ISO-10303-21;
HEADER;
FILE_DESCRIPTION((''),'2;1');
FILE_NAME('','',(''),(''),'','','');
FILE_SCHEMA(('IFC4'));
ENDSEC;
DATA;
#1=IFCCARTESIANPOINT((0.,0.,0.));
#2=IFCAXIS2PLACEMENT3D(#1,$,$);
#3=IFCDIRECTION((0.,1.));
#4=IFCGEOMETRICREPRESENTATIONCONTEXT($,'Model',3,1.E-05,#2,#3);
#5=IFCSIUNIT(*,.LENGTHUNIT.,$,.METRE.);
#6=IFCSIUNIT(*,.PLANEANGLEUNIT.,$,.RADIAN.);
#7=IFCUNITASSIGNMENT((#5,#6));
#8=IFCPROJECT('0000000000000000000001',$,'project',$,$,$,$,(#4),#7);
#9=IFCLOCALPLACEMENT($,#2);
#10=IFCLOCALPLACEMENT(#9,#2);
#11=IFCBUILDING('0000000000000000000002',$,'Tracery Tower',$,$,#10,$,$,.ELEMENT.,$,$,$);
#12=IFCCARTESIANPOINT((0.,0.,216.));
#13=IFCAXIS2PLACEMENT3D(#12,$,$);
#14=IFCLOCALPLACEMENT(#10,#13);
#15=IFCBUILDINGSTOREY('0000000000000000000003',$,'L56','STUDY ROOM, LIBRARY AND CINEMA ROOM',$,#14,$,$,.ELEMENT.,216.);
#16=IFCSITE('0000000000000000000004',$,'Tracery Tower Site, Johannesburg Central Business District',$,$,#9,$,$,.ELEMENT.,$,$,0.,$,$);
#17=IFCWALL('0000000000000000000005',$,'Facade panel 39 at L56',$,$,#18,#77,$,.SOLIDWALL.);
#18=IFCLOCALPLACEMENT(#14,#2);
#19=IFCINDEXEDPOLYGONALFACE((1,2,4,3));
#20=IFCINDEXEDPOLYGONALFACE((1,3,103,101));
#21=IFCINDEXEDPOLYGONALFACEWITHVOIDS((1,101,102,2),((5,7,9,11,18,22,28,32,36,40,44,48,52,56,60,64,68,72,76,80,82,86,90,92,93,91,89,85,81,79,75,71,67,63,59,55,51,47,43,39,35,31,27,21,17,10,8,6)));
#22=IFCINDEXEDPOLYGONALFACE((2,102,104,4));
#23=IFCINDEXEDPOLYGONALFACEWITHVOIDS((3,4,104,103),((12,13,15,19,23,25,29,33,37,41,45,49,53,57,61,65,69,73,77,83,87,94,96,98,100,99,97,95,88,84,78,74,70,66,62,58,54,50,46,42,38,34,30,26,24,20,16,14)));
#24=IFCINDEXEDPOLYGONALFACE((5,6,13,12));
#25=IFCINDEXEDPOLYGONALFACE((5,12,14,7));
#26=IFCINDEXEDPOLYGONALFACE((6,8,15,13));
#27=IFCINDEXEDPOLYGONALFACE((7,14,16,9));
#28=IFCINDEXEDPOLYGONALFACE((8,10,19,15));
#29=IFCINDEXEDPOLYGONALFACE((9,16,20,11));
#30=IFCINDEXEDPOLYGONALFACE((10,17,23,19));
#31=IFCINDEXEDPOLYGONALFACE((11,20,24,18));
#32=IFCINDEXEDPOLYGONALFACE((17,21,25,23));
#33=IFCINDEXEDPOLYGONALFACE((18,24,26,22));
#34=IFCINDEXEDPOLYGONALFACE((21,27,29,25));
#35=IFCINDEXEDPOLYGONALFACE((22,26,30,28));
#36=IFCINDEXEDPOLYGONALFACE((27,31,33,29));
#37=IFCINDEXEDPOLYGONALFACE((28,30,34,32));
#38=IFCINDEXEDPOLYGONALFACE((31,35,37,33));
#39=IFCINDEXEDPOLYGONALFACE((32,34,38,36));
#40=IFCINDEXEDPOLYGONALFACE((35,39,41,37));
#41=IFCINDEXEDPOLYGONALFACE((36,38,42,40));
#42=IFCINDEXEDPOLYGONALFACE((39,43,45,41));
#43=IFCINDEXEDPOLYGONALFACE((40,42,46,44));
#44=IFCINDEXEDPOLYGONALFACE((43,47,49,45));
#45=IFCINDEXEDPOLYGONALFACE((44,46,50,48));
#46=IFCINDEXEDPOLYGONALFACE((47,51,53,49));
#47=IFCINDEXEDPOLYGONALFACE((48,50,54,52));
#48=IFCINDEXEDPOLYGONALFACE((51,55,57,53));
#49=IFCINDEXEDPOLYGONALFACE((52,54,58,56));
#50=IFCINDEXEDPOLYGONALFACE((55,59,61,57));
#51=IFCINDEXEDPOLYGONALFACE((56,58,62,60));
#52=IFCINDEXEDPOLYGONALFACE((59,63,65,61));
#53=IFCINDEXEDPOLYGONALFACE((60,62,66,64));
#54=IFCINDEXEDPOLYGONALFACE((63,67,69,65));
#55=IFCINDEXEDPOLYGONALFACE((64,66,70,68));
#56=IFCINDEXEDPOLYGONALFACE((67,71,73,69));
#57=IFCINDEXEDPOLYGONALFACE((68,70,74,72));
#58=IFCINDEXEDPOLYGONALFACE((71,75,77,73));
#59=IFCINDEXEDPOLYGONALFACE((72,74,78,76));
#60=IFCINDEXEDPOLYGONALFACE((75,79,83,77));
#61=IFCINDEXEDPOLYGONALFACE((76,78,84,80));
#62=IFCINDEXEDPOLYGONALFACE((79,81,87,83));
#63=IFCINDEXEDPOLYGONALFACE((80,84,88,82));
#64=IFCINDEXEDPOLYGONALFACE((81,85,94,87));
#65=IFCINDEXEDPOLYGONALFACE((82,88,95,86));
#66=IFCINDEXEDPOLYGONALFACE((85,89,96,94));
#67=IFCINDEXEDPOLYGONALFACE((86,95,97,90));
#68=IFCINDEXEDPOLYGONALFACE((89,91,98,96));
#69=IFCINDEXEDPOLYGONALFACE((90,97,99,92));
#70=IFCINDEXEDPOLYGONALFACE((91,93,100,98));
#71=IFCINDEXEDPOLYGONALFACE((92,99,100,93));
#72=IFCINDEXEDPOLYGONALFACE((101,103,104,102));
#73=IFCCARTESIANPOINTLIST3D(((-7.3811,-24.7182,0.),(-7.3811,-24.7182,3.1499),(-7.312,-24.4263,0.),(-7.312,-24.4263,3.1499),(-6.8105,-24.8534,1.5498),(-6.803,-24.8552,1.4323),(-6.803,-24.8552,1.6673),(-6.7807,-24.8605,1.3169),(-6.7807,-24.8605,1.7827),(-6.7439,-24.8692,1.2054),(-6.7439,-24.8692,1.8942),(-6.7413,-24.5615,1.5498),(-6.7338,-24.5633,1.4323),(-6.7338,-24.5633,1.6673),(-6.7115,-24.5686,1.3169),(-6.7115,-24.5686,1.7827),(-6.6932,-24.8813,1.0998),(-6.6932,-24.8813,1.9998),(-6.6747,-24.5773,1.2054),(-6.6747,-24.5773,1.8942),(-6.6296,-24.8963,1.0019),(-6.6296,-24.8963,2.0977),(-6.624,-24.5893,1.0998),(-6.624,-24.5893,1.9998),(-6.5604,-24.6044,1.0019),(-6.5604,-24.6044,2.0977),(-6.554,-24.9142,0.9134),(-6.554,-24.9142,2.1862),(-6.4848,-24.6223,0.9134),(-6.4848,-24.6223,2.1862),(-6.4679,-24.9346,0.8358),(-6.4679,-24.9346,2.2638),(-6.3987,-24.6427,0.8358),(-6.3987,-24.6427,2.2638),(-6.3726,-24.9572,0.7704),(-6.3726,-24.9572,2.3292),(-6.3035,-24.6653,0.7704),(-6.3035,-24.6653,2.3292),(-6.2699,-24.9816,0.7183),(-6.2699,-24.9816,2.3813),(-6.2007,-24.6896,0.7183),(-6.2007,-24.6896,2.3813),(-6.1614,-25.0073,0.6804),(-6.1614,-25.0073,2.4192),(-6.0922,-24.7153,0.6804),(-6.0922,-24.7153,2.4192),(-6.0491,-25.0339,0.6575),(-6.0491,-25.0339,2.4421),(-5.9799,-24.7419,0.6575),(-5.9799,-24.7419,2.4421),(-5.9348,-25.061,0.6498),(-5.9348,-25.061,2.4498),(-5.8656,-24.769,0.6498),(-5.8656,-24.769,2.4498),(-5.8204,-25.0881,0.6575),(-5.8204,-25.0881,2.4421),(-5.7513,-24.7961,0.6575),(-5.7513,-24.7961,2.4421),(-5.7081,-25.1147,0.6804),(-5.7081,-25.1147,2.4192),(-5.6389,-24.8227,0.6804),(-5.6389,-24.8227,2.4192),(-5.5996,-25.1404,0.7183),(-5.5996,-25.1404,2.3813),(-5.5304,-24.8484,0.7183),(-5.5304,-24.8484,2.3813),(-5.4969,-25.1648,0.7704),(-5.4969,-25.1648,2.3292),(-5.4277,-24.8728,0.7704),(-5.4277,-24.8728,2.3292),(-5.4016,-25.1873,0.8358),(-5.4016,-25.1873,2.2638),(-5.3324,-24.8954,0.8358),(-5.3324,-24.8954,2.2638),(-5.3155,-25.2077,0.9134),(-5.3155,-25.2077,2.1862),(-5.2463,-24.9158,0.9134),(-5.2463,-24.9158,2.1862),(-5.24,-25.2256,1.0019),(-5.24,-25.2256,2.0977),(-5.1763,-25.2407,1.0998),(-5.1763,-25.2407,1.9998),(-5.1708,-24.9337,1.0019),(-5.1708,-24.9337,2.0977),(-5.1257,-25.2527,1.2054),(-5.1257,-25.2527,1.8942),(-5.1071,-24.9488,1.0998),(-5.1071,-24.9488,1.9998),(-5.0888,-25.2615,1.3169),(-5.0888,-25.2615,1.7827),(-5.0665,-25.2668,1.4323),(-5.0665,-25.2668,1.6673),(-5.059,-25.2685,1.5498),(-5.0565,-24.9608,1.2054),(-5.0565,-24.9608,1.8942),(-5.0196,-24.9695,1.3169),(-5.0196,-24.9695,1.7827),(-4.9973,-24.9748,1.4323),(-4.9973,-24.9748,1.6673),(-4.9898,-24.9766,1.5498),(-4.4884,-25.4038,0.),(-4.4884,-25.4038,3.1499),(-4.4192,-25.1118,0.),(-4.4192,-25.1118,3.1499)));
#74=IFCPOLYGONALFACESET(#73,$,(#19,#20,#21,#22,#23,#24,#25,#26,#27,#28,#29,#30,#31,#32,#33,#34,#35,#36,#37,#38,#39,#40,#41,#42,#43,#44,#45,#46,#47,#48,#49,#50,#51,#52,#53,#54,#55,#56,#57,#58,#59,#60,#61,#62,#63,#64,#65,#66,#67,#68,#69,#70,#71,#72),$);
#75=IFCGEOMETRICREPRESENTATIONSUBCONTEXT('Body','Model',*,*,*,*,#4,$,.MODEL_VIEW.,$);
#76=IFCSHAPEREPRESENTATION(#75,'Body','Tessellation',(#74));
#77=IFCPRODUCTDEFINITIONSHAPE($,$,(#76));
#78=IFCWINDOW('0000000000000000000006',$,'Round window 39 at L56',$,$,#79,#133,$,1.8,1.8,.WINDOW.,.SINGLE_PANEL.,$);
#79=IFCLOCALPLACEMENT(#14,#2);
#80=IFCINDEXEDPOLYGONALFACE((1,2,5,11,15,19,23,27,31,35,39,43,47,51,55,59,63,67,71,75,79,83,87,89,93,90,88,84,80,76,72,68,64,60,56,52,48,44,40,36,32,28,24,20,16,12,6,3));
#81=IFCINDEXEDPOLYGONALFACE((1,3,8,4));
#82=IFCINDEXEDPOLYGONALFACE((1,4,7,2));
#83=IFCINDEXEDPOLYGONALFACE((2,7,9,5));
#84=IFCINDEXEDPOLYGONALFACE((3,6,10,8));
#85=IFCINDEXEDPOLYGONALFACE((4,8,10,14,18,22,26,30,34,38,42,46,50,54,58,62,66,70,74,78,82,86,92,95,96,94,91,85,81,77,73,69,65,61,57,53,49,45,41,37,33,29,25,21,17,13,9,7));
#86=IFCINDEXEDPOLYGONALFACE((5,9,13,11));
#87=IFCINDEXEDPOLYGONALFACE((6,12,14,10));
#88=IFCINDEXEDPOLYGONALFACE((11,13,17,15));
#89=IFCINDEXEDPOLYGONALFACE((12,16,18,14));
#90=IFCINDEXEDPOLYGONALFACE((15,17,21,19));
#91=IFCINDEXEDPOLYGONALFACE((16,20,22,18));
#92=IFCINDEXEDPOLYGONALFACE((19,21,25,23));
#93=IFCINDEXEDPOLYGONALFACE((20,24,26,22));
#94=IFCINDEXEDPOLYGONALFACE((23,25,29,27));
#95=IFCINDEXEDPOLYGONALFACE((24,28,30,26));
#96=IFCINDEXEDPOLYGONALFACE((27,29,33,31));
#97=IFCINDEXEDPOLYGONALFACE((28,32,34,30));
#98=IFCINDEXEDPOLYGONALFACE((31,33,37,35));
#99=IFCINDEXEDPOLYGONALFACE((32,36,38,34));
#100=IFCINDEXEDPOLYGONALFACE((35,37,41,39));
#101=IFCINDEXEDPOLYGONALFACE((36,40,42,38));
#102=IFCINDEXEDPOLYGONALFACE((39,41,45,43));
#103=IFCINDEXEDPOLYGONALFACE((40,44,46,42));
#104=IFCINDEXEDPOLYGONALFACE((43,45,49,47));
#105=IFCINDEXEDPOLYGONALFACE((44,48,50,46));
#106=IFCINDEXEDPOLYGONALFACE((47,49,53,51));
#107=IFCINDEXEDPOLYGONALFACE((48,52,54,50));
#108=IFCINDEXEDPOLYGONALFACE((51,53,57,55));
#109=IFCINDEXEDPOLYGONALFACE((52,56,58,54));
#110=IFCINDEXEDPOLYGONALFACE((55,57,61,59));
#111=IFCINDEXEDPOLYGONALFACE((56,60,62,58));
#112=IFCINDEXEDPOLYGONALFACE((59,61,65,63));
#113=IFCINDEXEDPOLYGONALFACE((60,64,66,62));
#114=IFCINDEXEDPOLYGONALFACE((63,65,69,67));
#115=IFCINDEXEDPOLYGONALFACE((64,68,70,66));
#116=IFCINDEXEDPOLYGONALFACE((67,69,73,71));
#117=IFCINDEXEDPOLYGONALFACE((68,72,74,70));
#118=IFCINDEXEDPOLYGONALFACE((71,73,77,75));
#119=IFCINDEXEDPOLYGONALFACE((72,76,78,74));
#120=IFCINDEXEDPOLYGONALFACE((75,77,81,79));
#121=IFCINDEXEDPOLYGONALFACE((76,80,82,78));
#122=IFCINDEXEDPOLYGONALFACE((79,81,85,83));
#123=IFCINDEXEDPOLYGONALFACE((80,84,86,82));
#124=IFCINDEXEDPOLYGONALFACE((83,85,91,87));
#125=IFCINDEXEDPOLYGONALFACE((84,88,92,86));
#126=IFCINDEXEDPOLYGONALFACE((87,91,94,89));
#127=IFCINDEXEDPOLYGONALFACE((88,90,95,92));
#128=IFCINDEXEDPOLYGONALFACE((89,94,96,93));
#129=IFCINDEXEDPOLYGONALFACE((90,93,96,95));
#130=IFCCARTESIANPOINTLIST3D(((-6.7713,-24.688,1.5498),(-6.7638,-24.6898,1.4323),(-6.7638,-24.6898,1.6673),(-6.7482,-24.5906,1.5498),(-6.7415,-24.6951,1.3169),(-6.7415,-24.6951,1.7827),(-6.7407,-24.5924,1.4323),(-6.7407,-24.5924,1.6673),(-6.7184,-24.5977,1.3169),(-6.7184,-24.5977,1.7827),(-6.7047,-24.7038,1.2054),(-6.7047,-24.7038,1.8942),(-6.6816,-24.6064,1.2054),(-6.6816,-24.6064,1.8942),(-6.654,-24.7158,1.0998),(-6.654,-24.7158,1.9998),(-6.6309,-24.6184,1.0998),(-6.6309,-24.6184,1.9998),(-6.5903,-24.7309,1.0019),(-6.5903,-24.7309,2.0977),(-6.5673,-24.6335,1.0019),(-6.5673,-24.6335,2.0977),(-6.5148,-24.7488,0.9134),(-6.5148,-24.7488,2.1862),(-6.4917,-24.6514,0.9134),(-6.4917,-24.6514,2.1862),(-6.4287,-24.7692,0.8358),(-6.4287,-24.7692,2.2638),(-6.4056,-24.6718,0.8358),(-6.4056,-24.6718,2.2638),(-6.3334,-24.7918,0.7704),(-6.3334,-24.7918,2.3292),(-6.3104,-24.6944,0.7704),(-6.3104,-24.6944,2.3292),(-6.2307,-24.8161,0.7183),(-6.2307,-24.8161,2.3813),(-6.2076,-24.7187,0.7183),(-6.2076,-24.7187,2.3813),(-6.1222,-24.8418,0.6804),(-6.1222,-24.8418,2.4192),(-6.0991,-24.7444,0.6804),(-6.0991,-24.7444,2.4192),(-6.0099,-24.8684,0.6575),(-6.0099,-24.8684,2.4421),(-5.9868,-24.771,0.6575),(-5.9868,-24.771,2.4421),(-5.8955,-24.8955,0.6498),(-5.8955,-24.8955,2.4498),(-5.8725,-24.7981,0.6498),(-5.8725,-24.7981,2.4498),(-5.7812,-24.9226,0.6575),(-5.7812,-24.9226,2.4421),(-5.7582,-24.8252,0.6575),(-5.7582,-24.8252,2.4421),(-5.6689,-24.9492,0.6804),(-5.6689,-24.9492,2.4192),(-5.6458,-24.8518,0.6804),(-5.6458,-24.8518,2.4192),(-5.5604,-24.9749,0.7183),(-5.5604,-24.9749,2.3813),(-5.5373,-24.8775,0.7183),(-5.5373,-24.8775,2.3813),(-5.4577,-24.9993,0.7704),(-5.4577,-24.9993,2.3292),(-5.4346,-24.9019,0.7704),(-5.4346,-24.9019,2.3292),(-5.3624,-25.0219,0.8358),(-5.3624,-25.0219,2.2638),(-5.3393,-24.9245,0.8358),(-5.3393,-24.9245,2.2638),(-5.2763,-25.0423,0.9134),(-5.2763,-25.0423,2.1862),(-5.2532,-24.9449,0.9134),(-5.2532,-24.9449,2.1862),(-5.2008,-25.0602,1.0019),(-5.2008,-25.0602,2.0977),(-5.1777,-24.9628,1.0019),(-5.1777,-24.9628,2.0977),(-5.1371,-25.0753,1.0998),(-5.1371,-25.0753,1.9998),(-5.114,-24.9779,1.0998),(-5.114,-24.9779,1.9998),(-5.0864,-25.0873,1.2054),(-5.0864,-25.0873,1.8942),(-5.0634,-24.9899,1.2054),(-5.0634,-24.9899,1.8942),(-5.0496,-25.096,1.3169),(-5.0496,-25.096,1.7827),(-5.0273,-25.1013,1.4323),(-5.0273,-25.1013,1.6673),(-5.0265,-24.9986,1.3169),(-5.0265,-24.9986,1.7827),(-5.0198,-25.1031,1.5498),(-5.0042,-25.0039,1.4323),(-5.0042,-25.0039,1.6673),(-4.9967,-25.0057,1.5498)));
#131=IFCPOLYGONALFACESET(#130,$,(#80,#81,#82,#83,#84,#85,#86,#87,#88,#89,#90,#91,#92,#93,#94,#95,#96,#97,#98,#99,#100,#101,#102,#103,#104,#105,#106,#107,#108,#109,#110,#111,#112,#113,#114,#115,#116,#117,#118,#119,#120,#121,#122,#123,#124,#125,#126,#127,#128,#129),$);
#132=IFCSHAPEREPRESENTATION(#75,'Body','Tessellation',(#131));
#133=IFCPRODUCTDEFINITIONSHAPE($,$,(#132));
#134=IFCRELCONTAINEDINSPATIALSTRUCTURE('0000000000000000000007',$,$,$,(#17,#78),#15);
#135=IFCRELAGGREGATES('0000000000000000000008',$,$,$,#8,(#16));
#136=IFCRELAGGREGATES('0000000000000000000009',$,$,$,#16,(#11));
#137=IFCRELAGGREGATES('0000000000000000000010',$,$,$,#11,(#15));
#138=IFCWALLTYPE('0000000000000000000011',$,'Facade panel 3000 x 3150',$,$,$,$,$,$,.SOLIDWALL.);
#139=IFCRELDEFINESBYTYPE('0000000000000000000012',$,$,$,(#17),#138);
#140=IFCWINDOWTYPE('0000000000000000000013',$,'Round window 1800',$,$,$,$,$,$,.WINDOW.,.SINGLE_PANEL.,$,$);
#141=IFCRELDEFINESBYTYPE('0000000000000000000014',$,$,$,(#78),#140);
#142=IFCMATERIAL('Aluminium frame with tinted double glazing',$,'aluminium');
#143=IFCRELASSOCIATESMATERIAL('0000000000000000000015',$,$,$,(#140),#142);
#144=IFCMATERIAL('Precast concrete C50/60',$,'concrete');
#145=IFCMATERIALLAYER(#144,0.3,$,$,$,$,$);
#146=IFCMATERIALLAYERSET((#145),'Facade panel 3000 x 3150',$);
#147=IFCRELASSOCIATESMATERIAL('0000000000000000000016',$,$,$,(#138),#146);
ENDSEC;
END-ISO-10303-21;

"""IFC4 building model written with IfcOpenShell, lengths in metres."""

from ifc_helpers import new_model, si_unit, direction, frame, frame_2d, origin, origin_2d, place, context, subcontext, project, spatial, rectangle, circle, extrude, material, layer, layer_set, type_object, element, fill, save


model = new_model("IFC4")

# Units and contexts
model_context = context("Model", 3, precision=1e-05, world=origin(), true_north=direction((0.0, 1.0)))
body_context = subcontext(model_context, "Body", "Model", "MODEL_VIEW")
ifc_project = project(units=[si_unit("LENGTHUNIT", "METRE"), si_unit("PLANEANGLEUNIT", "RADIAN")], contexts=[model_context])

# Site, building, storey
site_placement = place(None, origin())
site = spatial("IfcSite", under=ifc_project, at=site_placement, Name="Tracery Tower Site, Johannesburg Central Business District", CompositionType="ELEMENT", RefElevation=0.0)
building_placement = place(site_placement, origin())
building = spatial("IfcBuilding", under=site, at=building_placement, Name="Tracery Tower", CompositionType="ELEMENT")
storey_placement = place(building_placement, frame((0.0, 0.0, 216.0)))
storey = spatial("IfcBuildingStorey", under=building, at=storey_placement, Name="L56", Description="STUDY ROOM, LIBRARY AND CINEMA ROOM", CompositionType="ELEMENT", Elevation=216.0)

# Wall, opening, window
ifc_material_1 = material(Name="Aluminium frame with tinted double glazing", Category="aluminium")
window_type = type_object("IfcWindowType", Name="Round window 1800", PartitioningType="SINGLE_PANEL", PredefinedType="WINDOW", material=ifc_material_1)
ifc_material_2 = material(Name="Precast concrete C50/60", Category="concrete")
ifc_layer_1 = layer(ifc_material_2, 0.3)
ifc_layer_set_1 = layer_set([ifc_layer_1], Name="Facade panel 3000 x 3150")
wall_type_1 = type_object("IfcWallType", Name="Facade panel 3000 x 3150", PredefinedType="SOLIDWALL", material=ifc_layer_set_1)
wall_1_placement = place(storey_placement, frame((-7.3464, -24.5723, 0.0), z_axis=(0.0, 0.0, 1.0), x_axis=(0.97305, -0.230595, 0.0)))
wall_1 = element("IfcWall", 1, at=wall_1_placement, inside=storey, type_object=wall_type_1, Name="Facade panel 39 at L56", PredefinedType="SOLIDWALL", context=body_context, shape_type="SweptSolid", body=[
    extrude(rectangle(XDim=2.9729, YDim=0.3, at=frame_2d((1.4863, 0.0))), origin(), (0.0, 0.0, 1.0), 3.1499),
])
opening_1_placement = place(wall_1_placement, frame((1.4863, 0.0, 1.5498)))
opening_1 = element("IfcOpeningElement", 2, at=opening_1_placement, cuts=wall_1, PredefinedType="OPENING", context=body_context, shape_type="SweptSolid", body=[
    extrude(circle(Radius=0.9, at=origin_2d()), frame((0.0, 0.1599, 0.0), z_axis=(0.0, -1.0, 0.0), x_axis=(1.0, 0.0, 0.0)), (0.0, 0.0, 1.0), 0.3201),
])
window_1_placement = place(opening_1_placement, origin())
window_1 = element("IfcWindow", 3, at=window_1_placement, inside=storey, type_object=window_type, Name="Round window 39 at L56", OverallHeight=1.8, OverallWidth=1.8, PartitioningType="SINGLE_PANEL", PredefinedType="WINDOW", context=body_context, shape_type="SweptSolid", body=[
    extrude(circle(Radius=0.9, at=origin_2d()), frame((0.0, 0.1201, 0.0), z_axis=(0.0, -1.0, 0.0), x_axis=(1.0, 0.0, 0.0)), (0.0, 0.0, 1.0), 0.1001),
])
fill(opening_1, window_1)

save(model, "model.ifc")
